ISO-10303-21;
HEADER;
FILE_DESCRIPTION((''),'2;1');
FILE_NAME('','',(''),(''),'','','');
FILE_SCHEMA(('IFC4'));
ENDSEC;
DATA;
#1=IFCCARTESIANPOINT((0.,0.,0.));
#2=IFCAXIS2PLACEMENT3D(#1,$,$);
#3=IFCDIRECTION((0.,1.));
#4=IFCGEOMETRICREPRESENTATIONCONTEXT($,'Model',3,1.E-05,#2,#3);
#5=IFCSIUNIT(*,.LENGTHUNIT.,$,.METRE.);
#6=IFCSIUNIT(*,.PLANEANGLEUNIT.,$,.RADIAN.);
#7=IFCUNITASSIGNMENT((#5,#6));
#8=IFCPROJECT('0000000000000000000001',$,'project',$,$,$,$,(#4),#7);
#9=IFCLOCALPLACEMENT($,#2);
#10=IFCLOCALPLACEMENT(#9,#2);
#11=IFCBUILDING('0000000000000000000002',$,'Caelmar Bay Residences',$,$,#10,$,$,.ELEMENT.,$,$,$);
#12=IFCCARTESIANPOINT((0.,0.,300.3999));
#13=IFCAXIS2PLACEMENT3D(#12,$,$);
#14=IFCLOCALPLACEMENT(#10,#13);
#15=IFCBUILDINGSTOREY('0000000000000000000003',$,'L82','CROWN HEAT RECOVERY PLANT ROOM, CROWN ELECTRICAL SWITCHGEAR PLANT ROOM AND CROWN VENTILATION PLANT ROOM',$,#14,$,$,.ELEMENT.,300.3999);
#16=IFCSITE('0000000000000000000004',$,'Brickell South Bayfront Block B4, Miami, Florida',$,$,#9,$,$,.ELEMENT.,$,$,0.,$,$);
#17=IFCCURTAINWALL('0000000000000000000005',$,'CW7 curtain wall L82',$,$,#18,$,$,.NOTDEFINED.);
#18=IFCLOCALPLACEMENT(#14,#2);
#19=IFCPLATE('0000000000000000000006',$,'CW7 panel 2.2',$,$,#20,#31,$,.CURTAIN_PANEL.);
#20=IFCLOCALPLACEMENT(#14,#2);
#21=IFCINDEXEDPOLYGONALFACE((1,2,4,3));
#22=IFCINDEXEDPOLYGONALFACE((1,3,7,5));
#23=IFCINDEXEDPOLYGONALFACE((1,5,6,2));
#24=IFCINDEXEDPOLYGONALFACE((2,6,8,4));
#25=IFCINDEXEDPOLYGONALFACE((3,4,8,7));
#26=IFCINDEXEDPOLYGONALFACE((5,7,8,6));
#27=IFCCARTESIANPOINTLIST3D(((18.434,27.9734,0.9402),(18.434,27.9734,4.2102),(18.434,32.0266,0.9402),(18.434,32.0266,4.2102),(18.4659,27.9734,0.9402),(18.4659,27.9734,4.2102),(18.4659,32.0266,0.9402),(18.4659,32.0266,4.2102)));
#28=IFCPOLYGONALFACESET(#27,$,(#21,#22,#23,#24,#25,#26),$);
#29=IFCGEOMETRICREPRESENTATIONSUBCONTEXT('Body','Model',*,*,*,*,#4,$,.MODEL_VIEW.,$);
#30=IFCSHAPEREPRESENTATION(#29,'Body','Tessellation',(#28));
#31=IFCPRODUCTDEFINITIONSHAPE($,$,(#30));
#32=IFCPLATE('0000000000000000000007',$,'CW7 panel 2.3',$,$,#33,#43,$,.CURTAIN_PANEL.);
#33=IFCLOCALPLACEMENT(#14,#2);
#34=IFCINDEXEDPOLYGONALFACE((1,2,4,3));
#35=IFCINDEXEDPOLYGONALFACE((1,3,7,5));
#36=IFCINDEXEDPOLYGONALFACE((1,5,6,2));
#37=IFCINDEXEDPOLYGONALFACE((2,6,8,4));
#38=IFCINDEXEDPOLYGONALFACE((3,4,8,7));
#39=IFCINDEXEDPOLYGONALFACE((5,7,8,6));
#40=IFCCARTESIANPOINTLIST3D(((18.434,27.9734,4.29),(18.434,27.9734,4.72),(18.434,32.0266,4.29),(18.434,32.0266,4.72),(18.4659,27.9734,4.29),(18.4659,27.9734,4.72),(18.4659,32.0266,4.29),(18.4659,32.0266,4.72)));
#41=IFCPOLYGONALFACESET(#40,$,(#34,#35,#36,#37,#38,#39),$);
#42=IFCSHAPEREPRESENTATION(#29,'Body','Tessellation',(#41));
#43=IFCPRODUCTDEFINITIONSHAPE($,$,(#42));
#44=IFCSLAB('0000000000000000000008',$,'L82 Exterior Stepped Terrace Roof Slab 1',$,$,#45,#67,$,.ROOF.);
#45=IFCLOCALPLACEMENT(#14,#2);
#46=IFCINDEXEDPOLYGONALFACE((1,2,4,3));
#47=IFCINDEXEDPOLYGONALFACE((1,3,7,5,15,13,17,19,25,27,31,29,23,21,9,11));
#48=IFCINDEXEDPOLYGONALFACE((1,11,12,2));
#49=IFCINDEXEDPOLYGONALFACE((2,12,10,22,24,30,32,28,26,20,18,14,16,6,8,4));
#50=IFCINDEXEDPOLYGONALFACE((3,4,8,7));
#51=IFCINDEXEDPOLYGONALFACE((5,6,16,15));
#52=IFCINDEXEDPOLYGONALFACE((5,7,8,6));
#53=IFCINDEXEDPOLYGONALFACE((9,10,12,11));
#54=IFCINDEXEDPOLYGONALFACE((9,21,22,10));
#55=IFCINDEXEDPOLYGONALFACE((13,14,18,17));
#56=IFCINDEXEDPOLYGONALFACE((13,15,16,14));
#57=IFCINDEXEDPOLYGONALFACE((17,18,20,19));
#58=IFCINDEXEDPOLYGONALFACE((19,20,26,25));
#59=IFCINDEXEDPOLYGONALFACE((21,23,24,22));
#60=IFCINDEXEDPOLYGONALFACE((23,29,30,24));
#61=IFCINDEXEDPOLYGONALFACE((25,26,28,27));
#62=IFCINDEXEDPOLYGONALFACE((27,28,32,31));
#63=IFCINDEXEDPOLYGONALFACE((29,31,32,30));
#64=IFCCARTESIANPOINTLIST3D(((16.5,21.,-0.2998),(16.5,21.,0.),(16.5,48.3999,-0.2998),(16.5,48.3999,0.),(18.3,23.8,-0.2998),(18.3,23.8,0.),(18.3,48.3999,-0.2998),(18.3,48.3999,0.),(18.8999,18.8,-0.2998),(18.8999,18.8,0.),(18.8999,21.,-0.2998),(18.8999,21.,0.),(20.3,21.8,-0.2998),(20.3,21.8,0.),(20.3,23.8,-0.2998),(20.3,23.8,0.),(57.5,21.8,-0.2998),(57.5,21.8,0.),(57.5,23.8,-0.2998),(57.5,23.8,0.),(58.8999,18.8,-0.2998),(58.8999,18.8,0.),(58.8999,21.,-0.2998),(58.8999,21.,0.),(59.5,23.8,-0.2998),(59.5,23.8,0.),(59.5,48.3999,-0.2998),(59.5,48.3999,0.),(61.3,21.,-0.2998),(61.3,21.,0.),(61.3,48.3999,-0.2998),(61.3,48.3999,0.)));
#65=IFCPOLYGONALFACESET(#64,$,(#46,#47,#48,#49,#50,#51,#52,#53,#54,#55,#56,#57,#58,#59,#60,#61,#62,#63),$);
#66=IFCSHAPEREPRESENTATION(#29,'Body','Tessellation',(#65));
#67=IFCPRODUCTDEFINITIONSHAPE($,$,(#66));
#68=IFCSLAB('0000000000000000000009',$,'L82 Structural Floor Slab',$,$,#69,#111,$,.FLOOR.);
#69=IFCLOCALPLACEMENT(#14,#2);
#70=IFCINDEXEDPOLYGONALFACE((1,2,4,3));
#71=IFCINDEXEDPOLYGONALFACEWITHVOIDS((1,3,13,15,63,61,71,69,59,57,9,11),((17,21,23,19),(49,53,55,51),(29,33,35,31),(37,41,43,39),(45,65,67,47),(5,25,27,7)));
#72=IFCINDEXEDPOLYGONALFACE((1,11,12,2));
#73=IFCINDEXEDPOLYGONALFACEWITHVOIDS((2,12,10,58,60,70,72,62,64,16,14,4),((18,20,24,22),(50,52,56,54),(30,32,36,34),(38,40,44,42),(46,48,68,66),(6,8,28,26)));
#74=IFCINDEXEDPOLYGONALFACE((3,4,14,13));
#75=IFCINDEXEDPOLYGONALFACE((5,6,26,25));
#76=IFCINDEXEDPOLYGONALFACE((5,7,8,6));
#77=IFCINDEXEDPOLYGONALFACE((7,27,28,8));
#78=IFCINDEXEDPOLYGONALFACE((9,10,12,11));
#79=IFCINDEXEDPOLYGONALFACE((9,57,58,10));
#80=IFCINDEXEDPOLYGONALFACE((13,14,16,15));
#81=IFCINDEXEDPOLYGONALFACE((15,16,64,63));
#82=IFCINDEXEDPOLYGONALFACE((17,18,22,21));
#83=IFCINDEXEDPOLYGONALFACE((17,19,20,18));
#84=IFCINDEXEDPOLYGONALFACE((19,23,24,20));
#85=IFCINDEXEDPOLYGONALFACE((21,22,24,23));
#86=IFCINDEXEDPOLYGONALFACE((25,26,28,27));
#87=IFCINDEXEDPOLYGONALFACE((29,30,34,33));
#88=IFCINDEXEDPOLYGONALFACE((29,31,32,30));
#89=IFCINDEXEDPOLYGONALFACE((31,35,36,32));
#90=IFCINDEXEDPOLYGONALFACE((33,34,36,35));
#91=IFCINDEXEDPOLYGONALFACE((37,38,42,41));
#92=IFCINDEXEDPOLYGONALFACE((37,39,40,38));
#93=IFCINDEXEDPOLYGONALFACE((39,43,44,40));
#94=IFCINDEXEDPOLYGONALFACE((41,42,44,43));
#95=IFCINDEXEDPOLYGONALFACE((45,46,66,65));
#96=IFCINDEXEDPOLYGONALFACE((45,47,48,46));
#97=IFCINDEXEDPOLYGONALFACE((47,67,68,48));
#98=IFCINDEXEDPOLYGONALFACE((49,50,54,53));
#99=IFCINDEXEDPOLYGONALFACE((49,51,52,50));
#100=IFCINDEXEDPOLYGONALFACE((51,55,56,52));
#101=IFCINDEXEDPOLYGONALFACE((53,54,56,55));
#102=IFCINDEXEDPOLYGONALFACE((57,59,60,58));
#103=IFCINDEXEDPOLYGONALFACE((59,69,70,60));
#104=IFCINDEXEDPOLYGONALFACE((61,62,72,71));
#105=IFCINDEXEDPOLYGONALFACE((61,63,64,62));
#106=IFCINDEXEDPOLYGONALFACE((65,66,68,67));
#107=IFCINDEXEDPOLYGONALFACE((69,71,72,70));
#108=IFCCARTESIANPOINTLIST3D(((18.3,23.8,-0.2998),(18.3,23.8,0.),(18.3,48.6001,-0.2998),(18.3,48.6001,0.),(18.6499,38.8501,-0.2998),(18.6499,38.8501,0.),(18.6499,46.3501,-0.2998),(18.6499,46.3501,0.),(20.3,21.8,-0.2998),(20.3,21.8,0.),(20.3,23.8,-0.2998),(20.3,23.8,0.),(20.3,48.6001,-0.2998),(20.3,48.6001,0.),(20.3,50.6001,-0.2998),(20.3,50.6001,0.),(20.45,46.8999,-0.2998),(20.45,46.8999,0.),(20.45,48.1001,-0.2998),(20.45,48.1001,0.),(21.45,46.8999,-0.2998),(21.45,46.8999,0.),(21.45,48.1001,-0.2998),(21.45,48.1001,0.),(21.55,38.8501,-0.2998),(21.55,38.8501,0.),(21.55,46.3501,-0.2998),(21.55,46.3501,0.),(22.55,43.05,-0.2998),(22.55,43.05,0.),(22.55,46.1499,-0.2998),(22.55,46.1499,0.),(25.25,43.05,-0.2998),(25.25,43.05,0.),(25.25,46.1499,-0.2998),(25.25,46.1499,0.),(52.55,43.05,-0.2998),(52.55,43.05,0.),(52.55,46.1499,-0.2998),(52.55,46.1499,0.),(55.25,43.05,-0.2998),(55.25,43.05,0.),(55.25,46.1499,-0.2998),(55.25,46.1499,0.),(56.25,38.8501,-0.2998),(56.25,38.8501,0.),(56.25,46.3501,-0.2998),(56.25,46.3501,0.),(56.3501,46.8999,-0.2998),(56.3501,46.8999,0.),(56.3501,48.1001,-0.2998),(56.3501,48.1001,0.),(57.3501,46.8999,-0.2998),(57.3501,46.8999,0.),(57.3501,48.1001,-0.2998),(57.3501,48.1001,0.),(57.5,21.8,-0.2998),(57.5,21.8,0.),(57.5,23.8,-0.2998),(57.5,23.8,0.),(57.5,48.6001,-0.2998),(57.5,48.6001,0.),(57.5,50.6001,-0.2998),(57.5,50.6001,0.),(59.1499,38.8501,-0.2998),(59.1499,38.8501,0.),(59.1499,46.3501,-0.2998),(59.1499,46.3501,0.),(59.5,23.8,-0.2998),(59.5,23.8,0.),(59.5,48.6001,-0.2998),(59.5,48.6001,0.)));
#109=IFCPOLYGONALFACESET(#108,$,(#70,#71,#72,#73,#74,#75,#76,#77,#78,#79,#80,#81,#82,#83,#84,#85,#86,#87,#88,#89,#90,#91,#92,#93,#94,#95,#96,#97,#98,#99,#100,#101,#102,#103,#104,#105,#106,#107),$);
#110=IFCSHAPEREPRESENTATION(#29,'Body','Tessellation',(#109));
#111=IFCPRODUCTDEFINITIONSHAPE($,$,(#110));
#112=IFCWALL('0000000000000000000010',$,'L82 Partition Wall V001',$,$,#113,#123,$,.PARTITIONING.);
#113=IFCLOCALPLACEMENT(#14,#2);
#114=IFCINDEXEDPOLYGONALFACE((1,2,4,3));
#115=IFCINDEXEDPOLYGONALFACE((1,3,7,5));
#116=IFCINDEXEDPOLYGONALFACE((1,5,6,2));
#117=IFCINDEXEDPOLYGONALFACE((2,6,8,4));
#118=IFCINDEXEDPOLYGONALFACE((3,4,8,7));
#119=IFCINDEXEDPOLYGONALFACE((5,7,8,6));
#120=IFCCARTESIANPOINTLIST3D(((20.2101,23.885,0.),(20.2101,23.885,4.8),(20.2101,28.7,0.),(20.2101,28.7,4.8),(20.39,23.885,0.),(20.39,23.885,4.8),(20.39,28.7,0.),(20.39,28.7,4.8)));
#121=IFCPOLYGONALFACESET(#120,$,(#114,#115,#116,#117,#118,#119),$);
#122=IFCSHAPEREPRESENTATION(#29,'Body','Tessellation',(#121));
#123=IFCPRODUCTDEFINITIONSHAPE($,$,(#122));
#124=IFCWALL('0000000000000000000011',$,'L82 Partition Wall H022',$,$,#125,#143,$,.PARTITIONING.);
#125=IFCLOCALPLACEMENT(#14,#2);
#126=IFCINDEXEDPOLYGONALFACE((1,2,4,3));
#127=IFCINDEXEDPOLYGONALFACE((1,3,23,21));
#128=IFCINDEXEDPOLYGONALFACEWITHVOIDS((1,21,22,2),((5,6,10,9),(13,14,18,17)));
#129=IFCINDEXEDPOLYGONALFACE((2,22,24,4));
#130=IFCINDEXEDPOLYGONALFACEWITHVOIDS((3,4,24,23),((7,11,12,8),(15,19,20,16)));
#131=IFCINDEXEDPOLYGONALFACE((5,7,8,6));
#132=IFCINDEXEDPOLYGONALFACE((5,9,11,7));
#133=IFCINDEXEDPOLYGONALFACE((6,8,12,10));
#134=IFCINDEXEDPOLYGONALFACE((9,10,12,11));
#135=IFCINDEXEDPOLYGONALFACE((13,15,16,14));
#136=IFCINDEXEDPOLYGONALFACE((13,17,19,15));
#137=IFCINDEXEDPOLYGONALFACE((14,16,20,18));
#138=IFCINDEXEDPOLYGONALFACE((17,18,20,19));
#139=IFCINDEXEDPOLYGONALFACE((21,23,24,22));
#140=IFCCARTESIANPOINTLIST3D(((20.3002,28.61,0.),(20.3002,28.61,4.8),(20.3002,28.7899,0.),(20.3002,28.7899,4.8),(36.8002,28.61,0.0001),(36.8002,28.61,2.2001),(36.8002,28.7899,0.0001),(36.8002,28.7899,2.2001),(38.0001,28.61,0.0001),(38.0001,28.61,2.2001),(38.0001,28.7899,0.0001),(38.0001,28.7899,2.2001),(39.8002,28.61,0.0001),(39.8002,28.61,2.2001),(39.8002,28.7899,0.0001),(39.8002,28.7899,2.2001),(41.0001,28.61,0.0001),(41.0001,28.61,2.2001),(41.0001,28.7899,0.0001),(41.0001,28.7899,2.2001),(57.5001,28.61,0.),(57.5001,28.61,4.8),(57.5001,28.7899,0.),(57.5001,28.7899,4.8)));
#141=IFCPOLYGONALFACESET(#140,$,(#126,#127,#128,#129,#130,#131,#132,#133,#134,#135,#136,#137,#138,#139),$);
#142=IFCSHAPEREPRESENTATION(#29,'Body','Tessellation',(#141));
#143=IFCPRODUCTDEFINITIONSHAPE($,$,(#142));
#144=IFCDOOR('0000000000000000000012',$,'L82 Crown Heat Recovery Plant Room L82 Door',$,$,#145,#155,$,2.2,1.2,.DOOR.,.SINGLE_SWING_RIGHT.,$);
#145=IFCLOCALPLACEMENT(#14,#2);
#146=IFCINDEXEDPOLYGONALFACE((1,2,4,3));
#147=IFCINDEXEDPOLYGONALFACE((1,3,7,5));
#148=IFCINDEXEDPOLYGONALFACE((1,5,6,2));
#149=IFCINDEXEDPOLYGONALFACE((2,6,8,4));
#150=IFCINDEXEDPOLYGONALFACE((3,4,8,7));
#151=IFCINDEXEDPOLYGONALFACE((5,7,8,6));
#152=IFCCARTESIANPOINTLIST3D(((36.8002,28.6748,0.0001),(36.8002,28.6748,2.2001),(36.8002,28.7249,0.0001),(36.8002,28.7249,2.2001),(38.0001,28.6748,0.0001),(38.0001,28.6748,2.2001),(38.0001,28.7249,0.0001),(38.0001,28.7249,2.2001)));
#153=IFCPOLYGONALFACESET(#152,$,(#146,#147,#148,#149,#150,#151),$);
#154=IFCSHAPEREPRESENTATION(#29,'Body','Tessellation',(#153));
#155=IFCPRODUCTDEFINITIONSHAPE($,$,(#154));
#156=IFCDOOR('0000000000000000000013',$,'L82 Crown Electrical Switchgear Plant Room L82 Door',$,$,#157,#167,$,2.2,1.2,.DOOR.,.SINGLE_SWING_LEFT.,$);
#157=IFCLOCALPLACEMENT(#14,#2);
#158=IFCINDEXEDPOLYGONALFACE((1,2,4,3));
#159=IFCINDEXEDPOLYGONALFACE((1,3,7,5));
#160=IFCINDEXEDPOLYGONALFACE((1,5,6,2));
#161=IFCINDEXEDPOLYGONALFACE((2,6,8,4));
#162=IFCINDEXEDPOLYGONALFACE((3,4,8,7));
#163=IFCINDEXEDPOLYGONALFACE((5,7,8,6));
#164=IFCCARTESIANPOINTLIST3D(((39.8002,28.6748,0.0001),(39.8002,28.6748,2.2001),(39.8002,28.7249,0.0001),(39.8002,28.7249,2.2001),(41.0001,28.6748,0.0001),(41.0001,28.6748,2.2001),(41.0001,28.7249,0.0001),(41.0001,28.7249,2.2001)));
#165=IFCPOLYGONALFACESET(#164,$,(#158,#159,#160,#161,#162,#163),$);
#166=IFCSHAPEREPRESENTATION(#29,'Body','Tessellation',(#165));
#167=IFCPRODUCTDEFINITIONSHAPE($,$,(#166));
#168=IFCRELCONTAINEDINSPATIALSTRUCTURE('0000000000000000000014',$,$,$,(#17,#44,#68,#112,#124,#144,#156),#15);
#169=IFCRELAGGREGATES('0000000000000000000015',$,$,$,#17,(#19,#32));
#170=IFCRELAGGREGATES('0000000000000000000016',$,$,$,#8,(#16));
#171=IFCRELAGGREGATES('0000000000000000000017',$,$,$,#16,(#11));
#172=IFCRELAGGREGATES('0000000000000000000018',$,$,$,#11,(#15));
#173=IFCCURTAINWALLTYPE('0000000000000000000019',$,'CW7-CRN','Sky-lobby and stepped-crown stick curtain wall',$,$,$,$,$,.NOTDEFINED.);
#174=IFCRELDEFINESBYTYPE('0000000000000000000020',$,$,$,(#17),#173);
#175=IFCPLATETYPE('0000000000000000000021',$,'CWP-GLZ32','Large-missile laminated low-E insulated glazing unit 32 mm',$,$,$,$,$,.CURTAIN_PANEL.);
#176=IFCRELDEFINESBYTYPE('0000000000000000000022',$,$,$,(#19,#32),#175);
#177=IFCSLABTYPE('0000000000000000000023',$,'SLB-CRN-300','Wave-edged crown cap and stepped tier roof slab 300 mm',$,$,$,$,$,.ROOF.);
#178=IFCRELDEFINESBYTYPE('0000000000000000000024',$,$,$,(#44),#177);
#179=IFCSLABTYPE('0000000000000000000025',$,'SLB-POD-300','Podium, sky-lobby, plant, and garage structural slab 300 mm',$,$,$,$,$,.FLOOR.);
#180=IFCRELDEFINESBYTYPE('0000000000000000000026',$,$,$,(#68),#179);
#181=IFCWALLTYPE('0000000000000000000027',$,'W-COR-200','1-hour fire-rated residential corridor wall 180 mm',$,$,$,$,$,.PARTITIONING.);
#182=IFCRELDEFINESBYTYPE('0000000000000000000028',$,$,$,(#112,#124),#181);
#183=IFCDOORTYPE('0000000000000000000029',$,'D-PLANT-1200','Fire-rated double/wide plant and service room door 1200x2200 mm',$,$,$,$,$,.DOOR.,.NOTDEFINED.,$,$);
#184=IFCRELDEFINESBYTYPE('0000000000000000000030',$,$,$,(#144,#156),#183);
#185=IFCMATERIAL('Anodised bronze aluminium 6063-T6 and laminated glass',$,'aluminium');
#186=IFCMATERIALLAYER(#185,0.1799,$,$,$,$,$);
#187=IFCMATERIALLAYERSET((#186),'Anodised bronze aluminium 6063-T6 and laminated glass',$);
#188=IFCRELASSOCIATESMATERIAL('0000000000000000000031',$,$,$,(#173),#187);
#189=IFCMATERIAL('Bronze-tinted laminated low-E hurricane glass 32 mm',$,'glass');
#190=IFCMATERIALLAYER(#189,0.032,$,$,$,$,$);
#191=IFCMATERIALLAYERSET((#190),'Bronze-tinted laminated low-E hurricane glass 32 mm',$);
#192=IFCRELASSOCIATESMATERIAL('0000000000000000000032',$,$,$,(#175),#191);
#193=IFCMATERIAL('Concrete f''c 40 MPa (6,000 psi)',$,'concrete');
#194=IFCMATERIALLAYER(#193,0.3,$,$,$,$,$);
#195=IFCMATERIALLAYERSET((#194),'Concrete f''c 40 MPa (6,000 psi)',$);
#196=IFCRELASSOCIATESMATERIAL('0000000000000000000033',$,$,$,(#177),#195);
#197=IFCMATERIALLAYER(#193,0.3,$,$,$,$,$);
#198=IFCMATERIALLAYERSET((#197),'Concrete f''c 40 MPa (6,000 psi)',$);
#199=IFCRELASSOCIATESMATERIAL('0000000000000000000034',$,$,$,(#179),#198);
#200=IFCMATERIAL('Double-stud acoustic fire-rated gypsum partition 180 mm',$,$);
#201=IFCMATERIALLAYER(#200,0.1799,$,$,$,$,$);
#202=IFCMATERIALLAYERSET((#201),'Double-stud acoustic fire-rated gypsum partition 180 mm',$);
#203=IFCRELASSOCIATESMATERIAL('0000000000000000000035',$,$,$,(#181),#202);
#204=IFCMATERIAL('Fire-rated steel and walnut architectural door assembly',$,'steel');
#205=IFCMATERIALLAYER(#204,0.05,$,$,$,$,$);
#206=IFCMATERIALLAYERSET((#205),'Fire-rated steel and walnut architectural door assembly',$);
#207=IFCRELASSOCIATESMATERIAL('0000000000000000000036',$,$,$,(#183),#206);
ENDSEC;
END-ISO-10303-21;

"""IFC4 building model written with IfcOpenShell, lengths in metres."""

from ifc_helpers import new_model, si_unit, direction, frame, frame_2d, origin, origin_2d, place, context, subcontext, project, spatial, polyline, rectangle, outline, extrude, material, layer, layer_set, type_object, element, fill, aggregate, save


model = new_model("IFC4")

# Units and contexts
model_context = context("Model", 3, precision=1e-05, world=origin(), true_north=direction((0.0, 1.0)))
body_context = subcontext(model_context, "Body", "Model", "MODEL_VIEW")
ifc_project = project(units=[si_unit("LENGTHUNIT", "METRE"), si_unit("PLANEANGLEUNIT", "RADIAN")], contexts=[model_context])

# Site, building, storey
site_placement = place(None, origin())
site = spatial("IfcSite", under=ifc_project, at=site_placement, Name="Brickell South Bayfront Block B4, Miami, Florida", CompositionType="ELEMENT", RefElevation=0.0)
building_placement = place(site_placement, origin())
building = spatial("IfcBuilding", under=site, at=building_placement, Name="Caelmar Bay Residences", CompositionType="ELEMENT")
storey_placement = place(building_placement, frame((0.0, 0.0, 300.3999)))
storey = spatial("IfcBuildingStorey", under=building, at=storey_placement, Name="L82", Description="CROWN HEAT RECOVERY PLANT ROOM, CROWN ELECTRICAL SWITCHGEAR PLANT ROOM AND CROWN VENTILATION PLANT ROOM", CompositionType="ELEMENT", Elevation=300.3999)

# Curtain wall
ifc_material_1 = material(Name="Anodised bronze aluminium 6063-T6 and laminated glass", Category="aluminium")
ifc_layer_1 = layer(ifc_material_1, 0.1799)
ifc_layer_set_1 = layer_set([ifc_layer_1], Name="Anodised bronze aluminium 6063-T6 and laminated glass")
curtain_wall_type_1 = type_object("IfcCurtainWallType", Name="CW7-CRN", Description="Sky-lobby and stepped-crown stick curtain wall", PredefinedType="NOTDEFINED", material=ifc_layer_set_1)
curtain_wall_1_placement = place(storey_placement, origin())
curtain_wall_1 = element("IfcCurtainWall", 1, at=curtain_wall_1_placement, inside=storey, type_object=curtain_wall_type_1, Name="CW7 curtain wall L82", PredefinedType="NOTDEFINED")

# Plates
ifc_material_2 = material(Name="Bronze-tinted laminated low-E hurricane glass 32 mm", Category="glass")
ifc_layer_2 = layer(ifc_material_2, 0.032)
ifc_layer_set_2 = layer_set([ifc_layer_2], Name="Bronze-tinted laminated low-E hurricane glass 32 mm")
plate_type_1 = type_object("IfcPlateType", Name="CWP-GLZ32", Description="Large-missile laminated low-E insulated glazing unit 32 mm", PredefinedType="CURTAIN_PANEL", material=ifc_layer_set_2)
plate_1_placement = place(storey_placement, frame((18.45, 30.0, 0.9402), z_axis=(0.0, 0.0, 1.0), x_axis=(0.0, 1.0, 0.0)))
plate_1 = element("IfcPlate", 2, at=plate_1_placement, type_object=plate_type_1, Name="CW7 panel 2.2", PredefinedType="CURTAIN_PANEL", context=body_context, shape_type="SweptSolid", body=[
    extrude(rectangle(XDim=4.0532, YDim=0.032, at=origin_2d()), origin(), (0.0, 0.0, 1.0), 3.27),
])
plate_2_placement = place(storey_placement, frame((18.45, 30.0, 4.29), z_axis=(0.0, 0.0, 1.0), x_axis=(0.0, 1.0, 0.0)))
plate_2 = element("IfcPlate", 3, at=plate_2_placement, type_object=plate_type_1, Name="CW7 panel 2.3", PredefinedType="CURTAIN_PANEL", context=body_context, shape_type="SweptSolid", body=[
    extrude(rectangle(XDim=4.0532, YDim=0.032, at=origin_2d()), origin(), (0.0, 0.0, 1.0), 0.4299),
])
aggregate(curtain_wall_1, [plate_1, plate_2])

# Slabs
ifc_material_3 = material(Name="Concrete f'c 40 MPa (6,000 psi)", Category="concrete")
ifc_layer_3 = layer(ifc_material_3, 0.3)
ifc_layer_set_3 = layer_set([ifc_layer_3], Name="Concrete f'c 40 MPa (6,000 psi)")
slab_type_1 = type_object("IfcSlabType", Name="SLB-CRN-300", Description="Wave-edged crown cap and stepped tier roof slab 300 mm", PredefinedType="ROOF", material=ifc_layer_set_3)
slab_1_placement = place(storey_placement, frame((0.0, 0.0, -0.2998)))
element("IfcSlab", 4, at=slab_1_placement, inside=storey, type_object=slab_type_1, Name="L82 Exterior Stepped Terrace Roof Slab 1", PredefinedType="ROOF", context=body_context, shape_type="SweptSolid", body=[
    extrude(outline(polyline([(59.5, 48.3999), (59.5, 23.8), (57.5, 23.8), (57.5, 21.8), (20.3, 21.8), (20.3, 23.8), (18.3, 23.8), (18.3, 48.3999), (16.5, 48.3999), (16.5, 21.0), (18.8999, 21.0), (18.8999, 18.8), (58.8999, 18.8), (58.8999, 21.0), (61.3, 21.0), (61.3, 48.3999), (59.5, 48.3999)])), origin(), (0.0, 0.0, 1.0), 0.2998),
])
ifc_layer_4 = layer(ifc_material_3, 0.3)
ifc_layer_set_4 = layer_set([ifc_layer_4], Name="Concrete f'c 40 MPa (6,000 psi)")
slab_type_2 = type_object("IfcSlabType", Name="SLB-POD-300", Description="Podium, sky-lobby, plant, and garage structural slab 300 mm", PredefinedType="FLOOR", material=ifc_layer_set_4)
slab_2_placement = place(storey_placement, frame((0.0, 0.0, -0.2998)))
element("IfcSlab", 5, at=slab_2_placement, inside=storey, type_object=slab_type_2, Name="L82 Structural Floor Slab", PredefinedType="FLOOR", context=body_context, shape_type="SweptSolid", body=[
    extrude(outline(polyline([(20.3, 21.8), (57.5, 21.8), (57.5, 23.8), (59.5, 23.8), (59.5, 48.6001), (57.5, 48.6001), (57.5, 50.6001), (20.3, 50.6001), (20.3, 48.6001), (18.3, 48.6001), (18.3, 23.8), (20.3, 23.8), (20.3, 21.8)]), holes=[polyline([(18.6499, 38.8501), (21.55, 38.8501), (21.55, 46.3501), (18.6499, 46.3501), (18.6499, 38.8501)]), polyline([(56.25, 38.8501), (59.1499, 38.8501), (59.1499, 46.3501), (56.25, 46.3501), (56.25, 38.8501)]), polyline([(22.55, 43.05), (25.25, 43.05), (25.25, 46.1499), (22.55, 46.1499), (22.55, 43.05)]), polyline([(52.55, 43.05), (55.25, 43.05), (55.25, 46.1499), (52.55, 46.1499), (52.55, 43.05)]), polyline([(20.45, 46.8999), (21.45, 46.8999), (21.45, 48.1001), (20.45, 48.1001), (20.45, 46.8999)]), polyline([(56.3501, 46.8999), (57.3501, 46.8999), (57.3501, 48.1001), (56.3501, 48.1001), (56.3501, 46.8999)])]), origin(), (0.0, 0.0, 1.0), 0.2998),
])

# Wall
ifc_material_4 = material(Name="Double-stud acoustic fire-rated gypsum partition 180 mm")
ifc_layer_5 = layer(ifc_material_4, 0.1799)
ifc_layer_set_5 = layer_set([ifc_layer_5], Name="Double-stud acoustic fire-rated gypsum partition 180 mm")
wall_type_1 = type_object("IfcWallType", Name="W-COR-200", Description="1-hour fire-rated residential corridor wall 180 mm", PredefinedType="PARTITIONING", material=ifc_layer_set_5)
wall_1_placement = place(storey_placement, frame((20.3, 23.885, 0.0), z_axis=(0.0, 0.0, 1.0), x_axis=(0.0, 1.0, 0.0)))
element("IfcWall", 6, at=wall_1_placement, inside=storey, type_object=wall_type_1, Name="L82 Partition Wall V001", PredefinedType="PARTITIONING", context=body_context, shape_type="SweptSolid", body=[
    extrude(rectangle(XDim=4.8149, YDim=0.1799, at=frame_2d((2.4075, 0.0))), origin(), (0.0, 0.0, 1.0), 4.8),
])

# Wall, openings, doors
wall_2_placement = place(storey_placement, frame((20.3, 28.7, 0.0), z_axis=(0.0, 0.0, 1.0), x_axis=(1.0, 0.0, 0.0)))
wall_2 = element("IfcWall", 7, at=wall_2_placement, inside=storey, type_object=wall_type_1, Name="L82 Partition Wall H022", PredefinedType="PARTITIONING", context=body_context, shape_type="SweptSolid", body=[
    extrude(rectangle(XDim=37.2, YDim=0.1799, at=frame_2d((18.6001, 0.0))), origin(), (0.0, 0.0, 1.0), 4.8),
])
opening_1_placement = place(wall_2_placement, frame((16.5, 0.0, 0.0)))
opening_1 = element("IfcOpeningElement", 8, at=opening_1_placement, cuts=wall_2, PredefinedType="OPENING", context=body_context, shape_type="SweptSolid", body=[
    extrude(rectangle(XDim=1.2, YDim=2.2, at=frame_2d((0.6001, 1.1001))), frame((0.0, 0.0999, 0.0), z_axis=(0.0, -1.0, 0.0), x_axis=(1.0, 0.0, 0.0)), (0.0, 0.0, 1.0), 0.2),
])
opening_2_placement = place(wall_2_placement, frame((19.5, 0.0, 0.0)))
opening_2 = element("IfcOpeningElement", 9, at=opening_2_placement, cuts=wall_2, PredefinedType="OPENING", context=body_context, shape_type="SweptSolid", body=[
    extrude(rectangle(XDim=1.2, YDim=2.2, at=frame_2d((0.6001, 1.1001))), frame((0.0, 0.0999, 0.0), z_axis=(0.0, -1.0, 0.0), x_axis=(1.0, 0.0, 0.0)), (0.0, 0.0, 1.0), 0.2),
])
ifc_material_5 = material(Name="Fire-rated steel and walnut architectural door assembly", Category="steel")
ifc_layer_6 = layer(ifc_material_5, 0.05)
ifc_layer_set_6 = layer_set([ifc_layer_6], Name="Fire-rated steel and walnut architectural door assembly")
door_type = type_object("IfcDoorType", Name="D-PLANT-1200", Description="Fire-rated double/wide plant and service room door 1200x2200 mm", OperationType="NOTDEFINED", PredefinedType="DOOR", material=ifc_layer_set_6)
door_1_placement = place(opening_1_placement, origin())
door_1 = element("IfcDoor", 10, at=door_1_placement, inside=storey, type_object=door_type, Name="L82 Crown Heat Recovery Plant Room L82 Door", OperationType="SINGLE_SWING_RIGHT", OverallHeight=2.2, OverallWidth=1.2, PredefinedType="DOOR", context=body_context, shape_type="SweptSolid", body=[
    extrude(rectangle(XDim=1.2, YDim=2.2, at=frame_2d((0.6001, 1.1001))), frame((0.0, 0.0249, 0.0), z_axis=(0.0, -1.0, 0.0), x_axis=(1.0, 0.0, 0.0)), (0.0, 0.0, 1.0), 0.05),
])
fill(opening_1, door_1)
door_2_placement = place(opening_2_placement, origin())
door_2 = element("IfcDoor", 11, at=door_2_placement, inside=storey, type_object=door_type, Name="L82 Crown Electrical Switchgear Plant Room L82 Door", OperationType="SINGLE_SWING_LEFT", OverallHeight=2.2, OverallWidth=1.2, PredefinedType="DOOR", context=body_context, shape_type="SweptSolid", body=[
    extrude(rectangle(XDim=1.2, YDim=2.2, at=frame_2d((0.6001, 1.1001))), frame((0.0, 0.0249, 0.0), z_axis=(0.0, -1.0, 0.0), x_axis=(1.0, 0.0, 0.0)), (0.0, 0.0, 1.0), 0.05),
])
fill(opening_2, door_2)

save(model, "model.ifc")
